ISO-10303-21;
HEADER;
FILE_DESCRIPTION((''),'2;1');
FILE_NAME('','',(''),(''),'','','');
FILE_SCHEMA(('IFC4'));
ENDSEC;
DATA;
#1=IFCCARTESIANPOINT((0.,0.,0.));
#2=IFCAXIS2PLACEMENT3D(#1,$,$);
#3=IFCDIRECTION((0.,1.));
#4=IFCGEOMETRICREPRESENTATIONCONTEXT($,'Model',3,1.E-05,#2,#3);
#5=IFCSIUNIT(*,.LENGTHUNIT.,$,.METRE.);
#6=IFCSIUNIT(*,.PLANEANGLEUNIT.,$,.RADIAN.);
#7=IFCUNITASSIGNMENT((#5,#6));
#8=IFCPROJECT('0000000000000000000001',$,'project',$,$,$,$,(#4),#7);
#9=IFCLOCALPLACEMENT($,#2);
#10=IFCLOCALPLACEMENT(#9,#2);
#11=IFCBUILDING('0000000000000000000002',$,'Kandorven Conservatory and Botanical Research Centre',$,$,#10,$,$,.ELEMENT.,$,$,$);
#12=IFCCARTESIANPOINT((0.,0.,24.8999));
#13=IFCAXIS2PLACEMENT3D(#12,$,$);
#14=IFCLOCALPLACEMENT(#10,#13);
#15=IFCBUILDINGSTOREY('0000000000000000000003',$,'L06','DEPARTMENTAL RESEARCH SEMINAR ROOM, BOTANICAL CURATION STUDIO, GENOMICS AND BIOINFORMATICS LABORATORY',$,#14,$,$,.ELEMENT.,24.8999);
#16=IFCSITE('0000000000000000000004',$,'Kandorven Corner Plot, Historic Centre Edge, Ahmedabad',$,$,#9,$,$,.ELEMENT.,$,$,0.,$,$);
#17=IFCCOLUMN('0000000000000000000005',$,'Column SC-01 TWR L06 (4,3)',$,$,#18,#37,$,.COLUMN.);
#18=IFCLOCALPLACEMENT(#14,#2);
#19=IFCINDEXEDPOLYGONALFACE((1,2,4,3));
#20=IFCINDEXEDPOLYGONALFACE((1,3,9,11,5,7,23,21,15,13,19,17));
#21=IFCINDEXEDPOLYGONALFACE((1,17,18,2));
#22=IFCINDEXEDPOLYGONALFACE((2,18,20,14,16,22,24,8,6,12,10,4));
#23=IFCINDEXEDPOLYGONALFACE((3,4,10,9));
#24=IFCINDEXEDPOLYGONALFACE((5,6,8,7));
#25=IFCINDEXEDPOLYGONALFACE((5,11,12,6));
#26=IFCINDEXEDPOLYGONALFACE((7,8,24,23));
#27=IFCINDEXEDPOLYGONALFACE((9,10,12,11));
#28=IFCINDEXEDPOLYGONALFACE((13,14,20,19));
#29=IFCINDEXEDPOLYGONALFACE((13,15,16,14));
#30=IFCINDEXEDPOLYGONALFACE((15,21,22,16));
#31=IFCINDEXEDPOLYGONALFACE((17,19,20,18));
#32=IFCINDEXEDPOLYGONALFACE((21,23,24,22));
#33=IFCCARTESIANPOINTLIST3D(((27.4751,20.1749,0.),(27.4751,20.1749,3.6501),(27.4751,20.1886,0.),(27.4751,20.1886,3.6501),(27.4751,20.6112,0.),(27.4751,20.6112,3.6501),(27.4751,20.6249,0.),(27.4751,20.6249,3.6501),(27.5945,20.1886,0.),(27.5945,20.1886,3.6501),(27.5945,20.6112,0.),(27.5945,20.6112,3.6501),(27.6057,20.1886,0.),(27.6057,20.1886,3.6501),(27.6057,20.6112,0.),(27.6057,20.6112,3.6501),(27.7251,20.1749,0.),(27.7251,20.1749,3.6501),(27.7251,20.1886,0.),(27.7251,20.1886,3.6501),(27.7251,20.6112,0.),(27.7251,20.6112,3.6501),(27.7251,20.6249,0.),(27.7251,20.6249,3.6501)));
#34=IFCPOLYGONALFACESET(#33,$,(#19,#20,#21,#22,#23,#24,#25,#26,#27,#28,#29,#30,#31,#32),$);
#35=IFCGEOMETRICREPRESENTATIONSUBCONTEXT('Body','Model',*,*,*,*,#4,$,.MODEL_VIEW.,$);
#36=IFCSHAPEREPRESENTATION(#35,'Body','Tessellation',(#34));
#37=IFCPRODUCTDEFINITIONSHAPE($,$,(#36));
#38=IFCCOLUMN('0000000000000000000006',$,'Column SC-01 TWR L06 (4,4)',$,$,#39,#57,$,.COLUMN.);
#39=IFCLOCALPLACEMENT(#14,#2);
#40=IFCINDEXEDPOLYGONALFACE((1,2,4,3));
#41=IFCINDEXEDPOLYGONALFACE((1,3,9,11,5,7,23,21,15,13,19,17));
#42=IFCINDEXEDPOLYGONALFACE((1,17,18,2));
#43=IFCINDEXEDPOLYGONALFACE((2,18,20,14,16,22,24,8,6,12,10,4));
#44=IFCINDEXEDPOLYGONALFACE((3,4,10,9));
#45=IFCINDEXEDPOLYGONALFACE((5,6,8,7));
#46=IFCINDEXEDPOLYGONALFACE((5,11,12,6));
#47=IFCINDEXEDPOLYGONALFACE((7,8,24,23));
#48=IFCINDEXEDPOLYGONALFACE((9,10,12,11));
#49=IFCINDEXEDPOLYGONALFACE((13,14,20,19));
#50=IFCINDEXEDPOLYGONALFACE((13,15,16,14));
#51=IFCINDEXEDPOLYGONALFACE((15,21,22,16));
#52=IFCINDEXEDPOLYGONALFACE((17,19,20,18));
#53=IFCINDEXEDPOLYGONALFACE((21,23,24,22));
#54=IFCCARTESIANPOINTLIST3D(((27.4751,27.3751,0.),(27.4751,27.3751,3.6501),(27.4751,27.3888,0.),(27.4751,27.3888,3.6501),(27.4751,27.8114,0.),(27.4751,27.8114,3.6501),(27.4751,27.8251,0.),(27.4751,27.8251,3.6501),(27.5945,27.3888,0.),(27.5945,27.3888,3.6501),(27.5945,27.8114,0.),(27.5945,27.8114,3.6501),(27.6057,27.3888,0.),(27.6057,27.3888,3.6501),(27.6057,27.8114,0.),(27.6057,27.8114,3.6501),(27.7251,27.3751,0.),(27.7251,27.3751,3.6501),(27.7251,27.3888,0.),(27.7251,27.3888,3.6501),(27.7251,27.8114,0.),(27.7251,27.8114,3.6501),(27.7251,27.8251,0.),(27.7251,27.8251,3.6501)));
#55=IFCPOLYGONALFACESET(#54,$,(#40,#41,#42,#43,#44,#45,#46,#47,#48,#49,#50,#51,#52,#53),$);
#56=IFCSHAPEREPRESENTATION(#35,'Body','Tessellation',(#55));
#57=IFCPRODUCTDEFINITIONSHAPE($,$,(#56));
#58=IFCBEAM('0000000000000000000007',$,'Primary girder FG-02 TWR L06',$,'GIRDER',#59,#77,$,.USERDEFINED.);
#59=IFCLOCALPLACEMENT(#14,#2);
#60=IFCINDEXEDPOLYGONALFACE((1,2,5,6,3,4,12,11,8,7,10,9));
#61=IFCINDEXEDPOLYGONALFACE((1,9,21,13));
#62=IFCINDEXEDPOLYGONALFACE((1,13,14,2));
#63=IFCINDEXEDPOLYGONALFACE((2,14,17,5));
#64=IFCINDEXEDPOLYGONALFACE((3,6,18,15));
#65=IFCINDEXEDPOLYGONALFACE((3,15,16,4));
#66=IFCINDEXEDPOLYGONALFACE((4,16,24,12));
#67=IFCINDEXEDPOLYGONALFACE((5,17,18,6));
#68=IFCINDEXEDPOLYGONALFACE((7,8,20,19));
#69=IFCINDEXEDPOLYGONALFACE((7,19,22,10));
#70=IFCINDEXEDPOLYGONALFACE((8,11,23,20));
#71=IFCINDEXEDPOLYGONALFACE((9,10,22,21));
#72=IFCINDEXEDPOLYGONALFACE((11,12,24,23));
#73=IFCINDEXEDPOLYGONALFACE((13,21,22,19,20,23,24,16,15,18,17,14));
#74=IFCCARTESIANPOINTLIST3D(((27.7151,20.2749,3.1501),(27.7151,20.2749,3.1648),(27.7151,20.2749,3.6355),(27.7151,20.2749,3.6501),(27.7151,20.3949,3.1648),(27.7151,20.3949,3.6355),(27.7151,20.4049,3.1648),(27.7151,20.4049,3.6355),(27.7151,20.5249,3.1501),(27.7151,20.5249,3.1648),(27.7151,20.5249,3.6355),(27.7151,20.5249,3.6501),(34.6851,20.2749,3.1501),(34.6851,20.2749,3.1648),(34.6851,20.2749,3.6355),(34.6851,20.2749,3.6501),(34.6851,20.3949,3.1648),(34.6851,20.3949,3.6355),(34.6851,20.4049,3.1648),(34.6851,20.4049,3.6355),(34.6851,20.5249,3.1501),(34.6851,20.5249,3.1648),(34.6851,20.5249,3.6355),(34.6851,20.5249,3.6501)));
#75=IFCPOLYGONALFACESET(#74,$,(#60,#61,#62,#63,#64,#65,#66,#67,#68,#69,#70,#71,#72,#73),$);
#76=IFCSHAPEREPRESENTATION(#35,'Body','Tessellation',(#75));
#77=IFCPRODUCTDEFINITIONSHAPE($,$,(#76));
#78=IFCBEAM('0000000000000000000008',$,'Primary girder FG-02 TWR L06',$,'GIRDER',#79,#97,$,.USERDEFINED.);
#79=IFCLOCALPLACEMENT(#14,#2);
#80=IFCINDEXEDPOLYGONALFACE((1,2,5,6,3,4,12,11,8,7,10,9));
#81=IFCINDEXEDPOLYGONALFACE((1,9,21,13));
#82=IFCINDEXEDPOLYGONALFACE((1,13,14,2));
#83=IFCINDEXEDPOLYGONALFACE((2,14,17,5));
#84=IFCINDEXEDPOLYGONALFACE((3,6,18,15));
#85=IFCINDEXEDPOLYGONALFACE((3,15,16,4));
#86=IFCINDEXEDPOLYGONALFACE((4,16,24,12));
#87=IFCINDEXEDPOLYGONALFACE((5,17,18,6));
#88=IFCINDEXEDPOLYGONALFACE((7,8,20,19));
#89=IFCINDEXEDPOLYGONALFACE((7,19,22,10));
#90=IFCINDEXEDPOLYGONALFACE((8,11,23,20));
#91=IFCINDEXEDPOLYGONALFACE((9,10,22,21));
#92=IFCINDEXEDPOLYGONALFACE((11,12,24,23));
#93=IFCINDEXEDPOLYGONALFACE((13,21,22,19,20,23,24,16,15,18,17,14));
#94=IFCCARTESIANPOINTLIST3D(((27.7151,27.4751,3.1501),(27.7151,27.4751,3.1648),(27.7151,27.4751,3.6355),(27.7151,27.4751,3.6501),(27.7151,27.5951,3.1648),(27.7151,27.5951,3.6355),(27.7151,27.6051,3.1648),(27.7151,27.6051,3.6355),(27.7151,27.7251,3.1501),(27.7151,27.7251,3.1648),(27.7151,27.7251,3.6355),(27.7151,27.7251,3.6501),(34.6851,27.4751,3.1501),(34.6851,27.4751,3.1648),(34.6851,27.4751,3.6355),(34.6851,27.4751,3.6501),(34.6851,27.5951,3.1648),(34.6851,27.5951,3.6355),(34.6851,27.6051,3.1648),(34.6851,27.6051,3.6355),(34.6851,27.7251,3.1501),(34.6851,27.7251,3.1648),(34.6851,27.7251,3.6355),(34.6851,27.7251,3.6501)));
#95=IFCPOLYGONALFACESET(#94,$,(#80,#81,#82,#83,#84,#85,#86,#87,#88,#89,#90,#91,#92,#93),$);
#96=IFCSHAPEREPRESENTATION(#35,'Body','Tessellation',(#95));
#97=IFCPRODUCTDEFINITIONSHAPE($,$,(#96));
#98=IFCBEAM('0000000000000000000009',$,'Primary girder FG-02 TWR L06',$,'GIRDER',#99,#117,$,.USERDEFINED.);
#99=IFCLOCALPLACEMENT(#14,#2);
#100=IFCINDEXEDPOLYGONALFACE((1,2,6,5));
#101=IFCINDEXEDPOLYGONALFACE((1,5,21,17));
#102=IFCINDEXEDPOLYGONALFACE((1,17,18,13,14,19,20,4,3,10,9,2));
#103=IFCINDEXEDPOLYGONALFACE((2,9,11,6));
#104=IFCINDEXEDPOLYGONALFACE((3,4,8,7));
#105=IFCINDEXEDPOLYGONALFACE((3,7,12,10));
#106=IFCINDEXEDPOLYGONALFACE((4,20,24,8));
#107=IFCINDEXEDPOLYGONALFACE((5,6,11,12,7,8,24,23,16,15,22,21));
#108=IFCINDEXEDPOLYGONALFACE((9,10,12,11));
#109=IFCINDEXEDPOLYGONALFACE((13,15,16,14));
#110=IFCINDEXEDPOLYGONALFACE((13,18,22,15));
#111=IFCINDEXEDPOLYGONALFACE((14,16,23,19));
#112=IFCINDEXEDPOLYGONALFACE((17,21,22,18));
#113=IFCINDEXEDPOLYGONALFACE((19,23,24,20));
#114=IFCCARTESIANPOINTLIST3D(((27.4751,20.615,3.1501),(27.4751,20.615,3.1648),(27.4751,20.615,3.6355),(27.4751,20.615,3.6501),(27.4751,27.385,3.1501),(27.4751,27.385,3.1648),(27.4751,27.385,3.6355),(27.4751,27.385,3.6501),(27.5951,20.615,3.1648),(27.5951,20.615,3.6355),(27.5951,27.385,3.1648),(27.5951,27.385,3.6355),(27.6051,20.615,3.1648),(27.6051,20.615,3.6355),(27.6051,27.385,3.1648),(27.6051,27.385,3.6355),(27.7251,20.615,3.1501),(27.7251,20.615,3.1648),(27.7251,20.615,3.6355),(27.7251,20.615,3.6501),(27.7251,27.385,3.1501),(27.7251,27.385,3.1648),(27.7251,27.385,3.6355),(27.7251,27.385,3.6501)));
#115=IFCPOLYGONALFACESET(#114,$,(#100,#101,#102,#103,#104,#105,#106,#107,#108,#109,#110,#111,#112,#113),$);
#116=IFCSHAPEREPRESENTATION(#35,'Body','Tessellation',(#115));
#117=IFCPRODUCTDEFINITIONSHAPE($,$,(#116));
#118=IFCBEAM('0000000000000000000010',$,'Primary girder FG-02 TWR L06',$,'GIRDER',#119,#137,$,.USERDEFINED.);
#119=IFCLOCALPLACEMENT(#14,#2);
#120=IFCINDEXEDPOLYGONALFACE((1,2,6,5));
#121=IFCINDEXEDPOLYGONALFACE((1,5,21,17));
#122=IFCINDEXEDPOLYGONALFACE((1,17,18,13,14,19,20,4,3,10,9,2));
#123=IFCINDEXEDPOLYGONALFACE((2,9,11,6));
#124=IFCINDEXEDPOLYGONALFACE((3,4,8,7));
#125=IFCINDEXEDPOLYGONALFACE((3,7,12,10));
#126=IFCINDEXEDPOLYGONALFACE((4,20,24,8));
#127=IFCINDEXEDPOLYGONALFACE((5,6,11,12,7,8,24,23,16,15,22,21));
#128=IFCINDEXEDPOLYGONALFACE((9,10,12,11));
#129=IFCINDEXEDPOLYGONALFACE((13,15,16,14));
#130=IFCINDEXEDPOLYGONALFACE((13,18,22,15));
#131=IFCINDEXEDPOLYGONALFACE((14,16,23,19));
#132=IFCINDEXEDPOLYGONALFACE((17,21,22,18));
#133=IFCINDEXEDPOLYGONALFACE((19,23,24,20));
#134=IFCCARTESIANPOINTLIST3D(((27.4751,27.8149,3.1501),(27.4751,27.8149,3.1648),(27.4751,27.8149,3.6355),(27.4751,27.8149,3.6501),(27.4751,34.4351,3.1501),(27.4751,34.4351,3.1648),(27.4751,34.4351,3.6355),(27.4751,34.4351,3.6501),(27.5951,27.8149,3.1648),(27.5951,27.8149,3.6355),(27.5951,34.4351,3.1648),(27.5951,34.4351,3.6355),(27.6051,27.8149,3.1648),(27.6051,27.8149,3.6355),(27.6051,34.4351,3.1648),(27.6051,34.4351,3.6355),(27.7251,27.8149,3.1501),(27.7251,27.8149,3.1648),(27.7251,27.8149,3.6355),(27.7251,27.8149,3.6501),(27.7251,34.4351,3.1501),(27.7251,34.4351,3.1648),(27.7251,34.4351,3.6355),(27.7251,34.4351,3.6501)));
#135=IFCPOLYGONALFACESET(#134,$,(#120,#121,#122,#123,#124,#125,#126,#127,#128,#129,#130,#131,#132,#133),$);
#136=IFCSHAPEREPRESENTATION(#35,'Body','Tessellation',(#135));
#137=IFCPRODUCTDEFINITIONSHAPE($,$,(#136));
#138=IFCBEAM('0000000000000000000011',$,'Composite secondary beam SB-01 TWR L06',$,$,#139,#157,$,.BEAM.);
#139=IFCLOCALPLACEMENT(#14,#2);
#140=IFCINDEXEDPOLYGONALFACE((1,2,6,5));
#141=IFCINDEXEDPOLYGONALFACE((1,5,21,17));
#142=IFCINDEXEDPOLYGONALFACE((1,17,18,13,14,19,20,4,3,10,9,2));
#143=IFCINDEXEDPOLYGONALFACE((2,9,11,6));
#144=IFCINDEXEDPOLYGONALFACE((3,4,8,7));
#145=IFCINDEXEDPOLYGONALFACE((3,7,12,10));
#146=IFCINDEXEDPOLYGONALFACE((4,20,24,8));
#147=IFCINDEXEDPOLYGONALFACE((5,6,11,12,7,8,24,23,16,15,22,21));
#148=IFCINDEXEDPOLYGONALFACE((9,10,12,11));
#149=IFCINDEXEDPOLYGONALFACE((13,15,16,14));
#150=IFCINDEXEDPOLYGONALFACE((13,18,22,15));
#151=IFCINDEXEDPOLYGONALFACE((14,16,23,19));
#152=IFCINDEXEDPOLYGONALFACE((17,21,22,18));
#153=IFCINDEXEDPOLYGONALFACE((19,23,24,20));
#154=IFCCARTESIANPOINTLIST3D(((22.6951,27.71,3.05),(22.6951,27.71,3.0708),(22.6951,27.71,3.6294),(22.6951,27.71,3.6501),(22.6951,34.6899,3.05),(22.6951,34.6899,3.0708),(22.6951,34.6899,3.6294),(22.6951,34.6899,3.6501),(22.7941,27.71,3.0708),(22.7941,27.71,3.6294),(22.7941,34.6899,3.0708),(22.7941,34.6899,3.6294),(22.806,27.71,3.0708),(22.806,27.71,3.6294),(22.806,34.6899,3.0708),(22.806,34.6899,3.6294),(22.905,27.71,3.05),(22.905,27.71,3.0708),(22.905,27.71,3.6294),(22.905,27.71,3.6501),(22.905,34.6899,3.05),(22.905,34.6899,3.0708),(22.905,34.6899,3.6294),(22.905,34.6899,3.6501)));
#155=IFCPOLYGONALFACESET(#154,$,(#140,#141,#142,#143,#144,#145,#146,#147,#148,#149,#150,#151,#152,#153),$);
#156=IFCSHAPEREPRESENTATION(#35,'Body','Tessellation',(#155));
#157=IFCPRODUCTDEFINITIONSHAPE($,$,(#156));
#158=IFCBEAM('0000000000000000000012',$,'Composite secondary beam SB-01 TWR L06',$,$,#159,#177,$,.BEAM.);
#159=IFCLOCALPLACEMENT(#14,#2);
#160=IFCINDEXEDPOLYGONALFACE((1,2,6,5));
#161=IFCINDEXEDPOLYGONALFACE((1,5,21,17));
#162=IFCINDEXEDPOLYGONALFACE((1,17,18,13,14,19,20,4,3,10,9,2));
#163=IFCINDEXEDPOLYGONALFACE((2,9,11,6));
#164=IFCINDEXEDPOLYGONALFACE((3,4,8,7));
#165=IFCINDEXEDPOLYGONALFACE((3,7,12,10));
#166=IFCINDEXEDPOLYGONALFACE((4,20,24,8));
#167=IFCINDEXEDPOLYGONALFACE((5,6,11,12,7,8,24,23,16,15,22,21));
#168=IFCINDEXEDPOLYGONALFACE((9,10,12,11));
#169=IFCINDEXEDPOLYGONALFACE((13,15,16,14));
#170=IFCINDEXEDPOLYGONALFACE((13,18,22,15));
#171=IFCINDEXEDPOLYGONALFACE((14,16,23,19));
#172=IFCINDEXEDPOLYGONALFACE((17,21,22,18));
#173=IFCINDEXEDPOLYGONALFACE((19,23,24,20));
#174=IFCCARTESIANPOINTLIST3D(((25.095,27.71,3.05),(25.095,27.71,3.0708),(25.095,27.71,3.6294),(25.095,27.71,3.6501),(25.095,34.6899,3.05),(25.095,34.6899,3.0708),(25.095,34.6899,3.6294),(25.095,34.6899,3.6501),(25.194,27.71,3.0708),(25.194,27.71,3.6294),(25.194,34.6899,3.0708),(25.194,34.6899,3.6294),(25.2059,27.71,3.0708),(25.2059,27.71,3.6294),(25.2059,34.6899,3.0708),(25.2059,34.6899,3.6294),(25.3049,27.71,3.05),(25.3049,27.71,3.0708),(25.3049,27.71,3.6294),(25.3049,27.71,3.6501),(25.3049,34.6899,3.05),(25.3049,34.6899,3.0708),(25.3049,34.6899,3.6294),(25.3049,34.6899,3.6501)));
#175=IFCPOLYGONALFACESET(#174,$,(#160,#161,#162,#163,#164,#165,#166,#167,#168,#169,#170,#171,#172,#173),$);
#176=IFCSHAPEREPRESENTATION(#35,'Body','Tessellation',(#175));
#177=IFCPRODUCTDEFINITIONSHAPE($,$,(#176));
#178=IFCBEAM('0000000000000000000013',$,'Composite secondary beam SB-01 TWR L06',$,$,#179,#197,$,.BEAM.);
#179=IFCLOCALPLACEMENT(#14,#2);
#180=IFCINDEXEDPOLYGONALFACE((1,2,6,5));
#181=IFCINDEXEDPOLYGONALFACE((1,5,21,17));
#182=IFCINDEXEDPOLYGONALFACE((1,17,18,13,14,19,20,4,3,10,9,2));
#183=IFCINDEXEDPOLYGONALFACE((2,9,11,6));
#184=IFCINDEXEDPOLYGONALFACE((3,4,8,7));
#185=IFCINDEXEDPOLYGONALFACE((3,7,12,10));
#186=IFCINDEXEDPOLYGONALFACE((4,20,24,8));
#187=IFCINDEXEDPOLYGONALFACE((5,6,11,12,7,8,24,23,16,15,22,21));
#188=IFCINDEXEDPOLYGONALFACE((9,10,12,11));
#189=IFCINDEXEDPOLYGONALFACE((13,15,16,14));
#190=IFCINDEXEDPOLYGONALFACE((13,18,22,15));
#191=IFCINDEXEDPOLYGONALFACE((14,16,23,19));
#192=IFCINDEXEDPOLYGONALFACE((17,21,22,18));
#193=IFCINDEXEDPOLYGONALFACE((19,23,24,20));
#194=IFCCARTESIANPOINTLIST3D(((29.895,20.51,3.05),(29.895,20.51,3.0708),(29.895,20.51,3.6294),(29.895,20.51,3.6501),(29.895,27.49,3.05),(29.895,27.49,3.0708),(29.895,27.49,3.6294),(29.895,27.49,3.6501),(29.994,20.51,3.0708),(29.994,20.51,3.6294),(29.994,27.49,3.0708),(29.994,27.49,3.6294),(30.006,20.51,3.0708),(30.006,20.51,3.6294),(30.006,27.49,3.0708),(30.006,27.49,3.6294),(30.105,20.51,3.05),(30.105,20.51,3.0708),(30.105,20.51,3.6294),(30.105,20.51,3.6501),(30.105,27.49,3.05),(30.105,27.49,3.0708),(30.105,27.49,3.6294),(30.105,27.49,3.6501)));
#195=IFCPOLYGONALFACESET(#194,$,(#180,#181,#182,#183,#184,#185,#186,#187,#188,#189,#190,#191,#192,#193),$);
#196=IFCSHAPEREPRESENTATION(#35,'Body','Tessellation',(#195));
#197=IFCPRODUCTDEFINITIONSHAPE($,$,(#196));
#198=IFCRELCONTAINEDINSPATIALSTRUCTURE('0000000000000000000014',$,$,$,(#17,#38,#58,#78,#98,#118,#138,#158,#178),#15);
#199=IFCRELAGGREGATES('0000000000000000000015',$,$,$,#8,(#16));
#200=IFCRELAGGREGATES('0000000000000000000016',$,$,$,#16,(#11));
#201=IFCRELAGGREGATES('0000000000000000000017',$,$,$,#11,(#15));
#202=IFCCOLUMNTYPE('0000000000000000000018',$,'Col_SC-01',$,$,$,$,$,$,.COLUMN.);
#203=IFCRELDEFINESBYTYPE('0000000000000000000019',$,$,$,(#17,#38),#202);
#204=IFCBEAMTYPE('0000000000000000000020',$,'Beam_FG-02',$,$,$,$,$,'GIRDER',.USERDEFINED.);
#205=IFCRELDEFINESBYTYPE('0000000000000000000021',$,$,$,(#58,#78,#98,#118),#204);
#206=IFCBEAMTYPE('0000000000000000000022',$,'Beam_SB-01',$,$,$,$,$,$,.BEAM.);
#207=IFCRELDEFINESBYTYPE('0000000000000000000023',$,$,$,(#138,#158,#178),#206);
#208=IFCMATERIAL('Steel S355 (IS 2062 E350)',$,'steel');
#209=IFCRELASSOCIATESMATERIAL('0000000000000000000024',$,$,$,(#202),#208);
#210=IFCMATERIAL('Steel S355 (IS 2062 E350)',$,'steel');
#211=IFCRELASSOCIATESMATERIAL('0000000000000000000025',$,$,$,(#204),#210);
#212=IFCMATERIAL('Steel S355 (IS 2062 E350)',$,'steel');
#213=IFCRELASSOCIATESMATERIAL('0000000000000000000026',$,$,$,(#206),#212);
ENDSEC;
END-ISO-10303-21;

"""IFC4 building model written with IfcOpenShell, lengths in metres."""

from ifc_helpers import new_model, si_unit, direction, frame, origin, origin_2d, place, context, subcontext, project, spatial, i_section, extrude, material, material_profile, profile_set, type_object, element, save


model = new_model("IFC4")

# Units and contexts
model_context = context("Model", 3, precision=1e-05, world=origin(), true_north=direction((0.0, 1.0)))
body_context = subcontext(model_context, "Body", "Model", "MODEL_VIEW")
ifc_project = project(units=[si_unit("LENGTHUNIT", "METRE"), si_unit("PLANEANGLEUNIT", "RADIAN")], contexts=[model_context])

# Site, building, storey
site_placement = place(None, origin())
site = spatial("IfcSite", under=ifc_project, at=site_placement, Name="Kandorven Corner Plot, Historic Centre Edge, Ahmedabad", CompositionType="ELEMENT", RefElevation=0.0)
building_placement = place(site_placement, origin())
building = spatial("IfcBuilding", under=site, at=building_placement, Name="Kandorven Conservatory and Botanical Research Centre", CompositionType="ELEMENT")
storey_placement = place(building_placement, frame((0.0, 0.0, 24.8999)))
storey = spatial("IfcBuildingStorey", under=building, at=storey_placement, Name="L06", Description="DEPARTMENTAL RESEARCH SEMINAR ROOM, BOTANICAL CURATION STUDIO, GENOMICS AND BIOINFORMATICS LABORATORY", CompositionType="ELEMENT", Elevation=24.8999)

# Columns
ifc_material_1 = material(Name="Steel S355 (IS 2062 E350)", Category="steel")
ifc_material_profile_1 = material_profile(ifc_material_1, i_section(OverallWidth=0.25, OverallDepth=0.45, WebThickness=0.0112, FlangeThickness=0.0137, at=origin_2d()))
ifc_profile_set_1 = profile_set([ifc_material_profile_1], Name="Steel S355 (IS 2062 E350)")
column_type = type_object("IfcColumnType", Name="Col_SC-01", PredefinedType="COLUMN", material=ifc_profile_set_1)
for number, where, z_axis, x_axis, name in (
    (1, (27.6001, 20.3999, 0.0), (0.0, 0.0, 1.0), (1.0, 0.0, 0.0), "Column SC-01 TWR L06 (4,3)"),
    (2, (27.6001, 27.6001, 0.0), (0.0, 0.0, 1.0), (1.0, 0.0, 0.0), "Column SC-01 TWR L06 (4,4)"),
):
    element("IfcColumn", number, at=place(storey_placement, frame(where, z_axis=z_axis, x_axis=x_axis)), inside=storey, type_object=column_type, Name=name, PredefinedType="COLUMN", context=body_context, shape_type="SweptSolid", body=[
        extrude(i_section(OverallWidth=0.25, OverallDepth=0.45, WebThickness=0.0112, FlangeThickness=0.0137, at=origin_2d()), origin(), (0.0, 0.0, 1.0), 3.6501),
    ])

# Beams
ifc_material_2 = material(Name="Steel S355 (IS 2062 E350)", Category="steel")
ifc_material_profile_2 = material_profile(ifc_material_2, i_section(OverallWidth=0.25, OverallDepth=0.5, WebThickness=0.01, FlangeThickness=0.0146, at=origin_2d()))
ifc_profile_set_2 = profile_set([ifc_material_profile_2], Name="Steel S355 (IS 2062 E350)")
beam_type_1 = type_object("IfcBeamType", Name="Beam_FG-02", ElementType="GIRDER", PredefinedType="USERDEFINED", material=ifc_profile_set_2)
for number, where, z_axis, x_axis, name in (
    (3, (27.7151, 20.3999, 3.4001), (1.0, 0.0, 0.0), (0.0, 1.0, 0.0), "Primary girder FG-02 TWR L06"),
    (4, (27.7151, 27.6001, 3.4001), (1.0, 0.0, 0.0), (0.0, 1.0, 0.0), "Primary girder FG-02 TWR L06"),
):
    element("IfcBeam", number, at=place(storey_placement, frame(where, z_axis=z_axis, x_axis=x_axis)), inside=storey, type_object=beam_type_1, Name=name, ObjectType="GIRDER", PredefinedType="USERDEFINED", context=body_context, shape_type="SweptSolid", body=[
        extrude(i_section(OverallWidth=0.25, OverallDepth=0.5, WebThickness=0.01, FlangeThickness=0.0146, at=origin_2d()), origin(), (0.0, 0.0, 1.0), 6.97),
    ])
beam_1_placement = place(storey_placement, frame((27.6001, 20.615, 3.4001), z_axis=(0.0, 1.0, 0.0), x_axis=(-1.0, 0.0, 0.0)))
element("IfcBeam", 5, at=beam_1_placement, inside=storey, type_object=beam_type_1, Name="Primary girder FG-02 TWR L06", ObjectType="GIRDER", PredefinedType="USERDEFINED", context=body_context, shape_type="SweptSolid", body=[
    extrude(i_section(OverallWidth=0.25, OverallDepth=0.5, WebThickness=0.01, FlangeThickness=0.0146, at=origin_2d()), origin(), (0.0, 0.0, 1.0), 6.77),
])
beam_2_placement = place(storey_placement, frame((27.6001, 27.8149, 3.4001), z_axis=(0.0, 1.0, 0.0), x_axis=(-1.0, 0.0, 0.0)))
element("IfcBeam", 6, at=beam_2_placement, inside=storey, type_object=beam_type_1, Name="Primary girder FG-02 TWR L06", ObjectType="GIRDER", PredefinedType="USERDEFINED", context=body_context, shape_type="SweptSolid", body=[
    extrude(i_section(OverallWidth=0.25, OverallDepth=0.5, WebThickness=0.01, FlangeThickness=0.0146, at=origin_2d()), origin(), (0.0, 0.0, 1.0), 6.6201),
])
ifc_material_3 = material(Name="Steel S355 (IS 2062 E350)", Category="steel")
ifc_material_profile_3 = material_profile(ifc_material_3, i_section(OverallWidth=0.21, OverallDepth=0.6001, WebThickness=0.012, FlangeThickness=0.0208, at=origin_2d()))
ifc_profile_set_3 = profile_set([ifc_material_profile_3], Name="Steel S355 (IS 2062 E350)")
beam_type_2 = type_object("IfcBeamType", Name="Beam_SB-01", PredefinedType="BEAM", material=ifc_profile_set_3)
for number, where, z_axis, x_axis, name in (
    (7, (22.8, 27.71, 3.3501), (0.0, 1.0, 0.0), (-1.0, 0.0, 0.0), "Composite secondary beam SB-01 TWR L06"),
    (8, (25.2, 27.71, 3.3501), (0.0, 1.0, 0.0), (-1.0, 0.0, 0.0), "Composite secondary beam SB-01 TWR L06"),
    (9, (30.0, 20.51, 3.3501), (0.0, 1.0, 0.0), (-1.0, 0.0, 0.0), "Composite secondary beam SB-01 TWR L06"),
):
    element("IfcBeam", number, at=place(storey_placement, frame(where, z_axis=z_axis, x_axis=x_axis)), inside=storey, type_object=beam_type_2, Name=name, PredefinedType="BEAM", context=body_context, shape_type="SweptSolid", body=[
        extrude(i_section(OverallWidth=0.21, OverallDepth=0.6001, WebThickness=0.012, FlangeThickness=0.0208, at=origin_2d()), origin(), (0.0, 0.0, 1.0), 6.98),
    ])

save(model, "model.ifc")
